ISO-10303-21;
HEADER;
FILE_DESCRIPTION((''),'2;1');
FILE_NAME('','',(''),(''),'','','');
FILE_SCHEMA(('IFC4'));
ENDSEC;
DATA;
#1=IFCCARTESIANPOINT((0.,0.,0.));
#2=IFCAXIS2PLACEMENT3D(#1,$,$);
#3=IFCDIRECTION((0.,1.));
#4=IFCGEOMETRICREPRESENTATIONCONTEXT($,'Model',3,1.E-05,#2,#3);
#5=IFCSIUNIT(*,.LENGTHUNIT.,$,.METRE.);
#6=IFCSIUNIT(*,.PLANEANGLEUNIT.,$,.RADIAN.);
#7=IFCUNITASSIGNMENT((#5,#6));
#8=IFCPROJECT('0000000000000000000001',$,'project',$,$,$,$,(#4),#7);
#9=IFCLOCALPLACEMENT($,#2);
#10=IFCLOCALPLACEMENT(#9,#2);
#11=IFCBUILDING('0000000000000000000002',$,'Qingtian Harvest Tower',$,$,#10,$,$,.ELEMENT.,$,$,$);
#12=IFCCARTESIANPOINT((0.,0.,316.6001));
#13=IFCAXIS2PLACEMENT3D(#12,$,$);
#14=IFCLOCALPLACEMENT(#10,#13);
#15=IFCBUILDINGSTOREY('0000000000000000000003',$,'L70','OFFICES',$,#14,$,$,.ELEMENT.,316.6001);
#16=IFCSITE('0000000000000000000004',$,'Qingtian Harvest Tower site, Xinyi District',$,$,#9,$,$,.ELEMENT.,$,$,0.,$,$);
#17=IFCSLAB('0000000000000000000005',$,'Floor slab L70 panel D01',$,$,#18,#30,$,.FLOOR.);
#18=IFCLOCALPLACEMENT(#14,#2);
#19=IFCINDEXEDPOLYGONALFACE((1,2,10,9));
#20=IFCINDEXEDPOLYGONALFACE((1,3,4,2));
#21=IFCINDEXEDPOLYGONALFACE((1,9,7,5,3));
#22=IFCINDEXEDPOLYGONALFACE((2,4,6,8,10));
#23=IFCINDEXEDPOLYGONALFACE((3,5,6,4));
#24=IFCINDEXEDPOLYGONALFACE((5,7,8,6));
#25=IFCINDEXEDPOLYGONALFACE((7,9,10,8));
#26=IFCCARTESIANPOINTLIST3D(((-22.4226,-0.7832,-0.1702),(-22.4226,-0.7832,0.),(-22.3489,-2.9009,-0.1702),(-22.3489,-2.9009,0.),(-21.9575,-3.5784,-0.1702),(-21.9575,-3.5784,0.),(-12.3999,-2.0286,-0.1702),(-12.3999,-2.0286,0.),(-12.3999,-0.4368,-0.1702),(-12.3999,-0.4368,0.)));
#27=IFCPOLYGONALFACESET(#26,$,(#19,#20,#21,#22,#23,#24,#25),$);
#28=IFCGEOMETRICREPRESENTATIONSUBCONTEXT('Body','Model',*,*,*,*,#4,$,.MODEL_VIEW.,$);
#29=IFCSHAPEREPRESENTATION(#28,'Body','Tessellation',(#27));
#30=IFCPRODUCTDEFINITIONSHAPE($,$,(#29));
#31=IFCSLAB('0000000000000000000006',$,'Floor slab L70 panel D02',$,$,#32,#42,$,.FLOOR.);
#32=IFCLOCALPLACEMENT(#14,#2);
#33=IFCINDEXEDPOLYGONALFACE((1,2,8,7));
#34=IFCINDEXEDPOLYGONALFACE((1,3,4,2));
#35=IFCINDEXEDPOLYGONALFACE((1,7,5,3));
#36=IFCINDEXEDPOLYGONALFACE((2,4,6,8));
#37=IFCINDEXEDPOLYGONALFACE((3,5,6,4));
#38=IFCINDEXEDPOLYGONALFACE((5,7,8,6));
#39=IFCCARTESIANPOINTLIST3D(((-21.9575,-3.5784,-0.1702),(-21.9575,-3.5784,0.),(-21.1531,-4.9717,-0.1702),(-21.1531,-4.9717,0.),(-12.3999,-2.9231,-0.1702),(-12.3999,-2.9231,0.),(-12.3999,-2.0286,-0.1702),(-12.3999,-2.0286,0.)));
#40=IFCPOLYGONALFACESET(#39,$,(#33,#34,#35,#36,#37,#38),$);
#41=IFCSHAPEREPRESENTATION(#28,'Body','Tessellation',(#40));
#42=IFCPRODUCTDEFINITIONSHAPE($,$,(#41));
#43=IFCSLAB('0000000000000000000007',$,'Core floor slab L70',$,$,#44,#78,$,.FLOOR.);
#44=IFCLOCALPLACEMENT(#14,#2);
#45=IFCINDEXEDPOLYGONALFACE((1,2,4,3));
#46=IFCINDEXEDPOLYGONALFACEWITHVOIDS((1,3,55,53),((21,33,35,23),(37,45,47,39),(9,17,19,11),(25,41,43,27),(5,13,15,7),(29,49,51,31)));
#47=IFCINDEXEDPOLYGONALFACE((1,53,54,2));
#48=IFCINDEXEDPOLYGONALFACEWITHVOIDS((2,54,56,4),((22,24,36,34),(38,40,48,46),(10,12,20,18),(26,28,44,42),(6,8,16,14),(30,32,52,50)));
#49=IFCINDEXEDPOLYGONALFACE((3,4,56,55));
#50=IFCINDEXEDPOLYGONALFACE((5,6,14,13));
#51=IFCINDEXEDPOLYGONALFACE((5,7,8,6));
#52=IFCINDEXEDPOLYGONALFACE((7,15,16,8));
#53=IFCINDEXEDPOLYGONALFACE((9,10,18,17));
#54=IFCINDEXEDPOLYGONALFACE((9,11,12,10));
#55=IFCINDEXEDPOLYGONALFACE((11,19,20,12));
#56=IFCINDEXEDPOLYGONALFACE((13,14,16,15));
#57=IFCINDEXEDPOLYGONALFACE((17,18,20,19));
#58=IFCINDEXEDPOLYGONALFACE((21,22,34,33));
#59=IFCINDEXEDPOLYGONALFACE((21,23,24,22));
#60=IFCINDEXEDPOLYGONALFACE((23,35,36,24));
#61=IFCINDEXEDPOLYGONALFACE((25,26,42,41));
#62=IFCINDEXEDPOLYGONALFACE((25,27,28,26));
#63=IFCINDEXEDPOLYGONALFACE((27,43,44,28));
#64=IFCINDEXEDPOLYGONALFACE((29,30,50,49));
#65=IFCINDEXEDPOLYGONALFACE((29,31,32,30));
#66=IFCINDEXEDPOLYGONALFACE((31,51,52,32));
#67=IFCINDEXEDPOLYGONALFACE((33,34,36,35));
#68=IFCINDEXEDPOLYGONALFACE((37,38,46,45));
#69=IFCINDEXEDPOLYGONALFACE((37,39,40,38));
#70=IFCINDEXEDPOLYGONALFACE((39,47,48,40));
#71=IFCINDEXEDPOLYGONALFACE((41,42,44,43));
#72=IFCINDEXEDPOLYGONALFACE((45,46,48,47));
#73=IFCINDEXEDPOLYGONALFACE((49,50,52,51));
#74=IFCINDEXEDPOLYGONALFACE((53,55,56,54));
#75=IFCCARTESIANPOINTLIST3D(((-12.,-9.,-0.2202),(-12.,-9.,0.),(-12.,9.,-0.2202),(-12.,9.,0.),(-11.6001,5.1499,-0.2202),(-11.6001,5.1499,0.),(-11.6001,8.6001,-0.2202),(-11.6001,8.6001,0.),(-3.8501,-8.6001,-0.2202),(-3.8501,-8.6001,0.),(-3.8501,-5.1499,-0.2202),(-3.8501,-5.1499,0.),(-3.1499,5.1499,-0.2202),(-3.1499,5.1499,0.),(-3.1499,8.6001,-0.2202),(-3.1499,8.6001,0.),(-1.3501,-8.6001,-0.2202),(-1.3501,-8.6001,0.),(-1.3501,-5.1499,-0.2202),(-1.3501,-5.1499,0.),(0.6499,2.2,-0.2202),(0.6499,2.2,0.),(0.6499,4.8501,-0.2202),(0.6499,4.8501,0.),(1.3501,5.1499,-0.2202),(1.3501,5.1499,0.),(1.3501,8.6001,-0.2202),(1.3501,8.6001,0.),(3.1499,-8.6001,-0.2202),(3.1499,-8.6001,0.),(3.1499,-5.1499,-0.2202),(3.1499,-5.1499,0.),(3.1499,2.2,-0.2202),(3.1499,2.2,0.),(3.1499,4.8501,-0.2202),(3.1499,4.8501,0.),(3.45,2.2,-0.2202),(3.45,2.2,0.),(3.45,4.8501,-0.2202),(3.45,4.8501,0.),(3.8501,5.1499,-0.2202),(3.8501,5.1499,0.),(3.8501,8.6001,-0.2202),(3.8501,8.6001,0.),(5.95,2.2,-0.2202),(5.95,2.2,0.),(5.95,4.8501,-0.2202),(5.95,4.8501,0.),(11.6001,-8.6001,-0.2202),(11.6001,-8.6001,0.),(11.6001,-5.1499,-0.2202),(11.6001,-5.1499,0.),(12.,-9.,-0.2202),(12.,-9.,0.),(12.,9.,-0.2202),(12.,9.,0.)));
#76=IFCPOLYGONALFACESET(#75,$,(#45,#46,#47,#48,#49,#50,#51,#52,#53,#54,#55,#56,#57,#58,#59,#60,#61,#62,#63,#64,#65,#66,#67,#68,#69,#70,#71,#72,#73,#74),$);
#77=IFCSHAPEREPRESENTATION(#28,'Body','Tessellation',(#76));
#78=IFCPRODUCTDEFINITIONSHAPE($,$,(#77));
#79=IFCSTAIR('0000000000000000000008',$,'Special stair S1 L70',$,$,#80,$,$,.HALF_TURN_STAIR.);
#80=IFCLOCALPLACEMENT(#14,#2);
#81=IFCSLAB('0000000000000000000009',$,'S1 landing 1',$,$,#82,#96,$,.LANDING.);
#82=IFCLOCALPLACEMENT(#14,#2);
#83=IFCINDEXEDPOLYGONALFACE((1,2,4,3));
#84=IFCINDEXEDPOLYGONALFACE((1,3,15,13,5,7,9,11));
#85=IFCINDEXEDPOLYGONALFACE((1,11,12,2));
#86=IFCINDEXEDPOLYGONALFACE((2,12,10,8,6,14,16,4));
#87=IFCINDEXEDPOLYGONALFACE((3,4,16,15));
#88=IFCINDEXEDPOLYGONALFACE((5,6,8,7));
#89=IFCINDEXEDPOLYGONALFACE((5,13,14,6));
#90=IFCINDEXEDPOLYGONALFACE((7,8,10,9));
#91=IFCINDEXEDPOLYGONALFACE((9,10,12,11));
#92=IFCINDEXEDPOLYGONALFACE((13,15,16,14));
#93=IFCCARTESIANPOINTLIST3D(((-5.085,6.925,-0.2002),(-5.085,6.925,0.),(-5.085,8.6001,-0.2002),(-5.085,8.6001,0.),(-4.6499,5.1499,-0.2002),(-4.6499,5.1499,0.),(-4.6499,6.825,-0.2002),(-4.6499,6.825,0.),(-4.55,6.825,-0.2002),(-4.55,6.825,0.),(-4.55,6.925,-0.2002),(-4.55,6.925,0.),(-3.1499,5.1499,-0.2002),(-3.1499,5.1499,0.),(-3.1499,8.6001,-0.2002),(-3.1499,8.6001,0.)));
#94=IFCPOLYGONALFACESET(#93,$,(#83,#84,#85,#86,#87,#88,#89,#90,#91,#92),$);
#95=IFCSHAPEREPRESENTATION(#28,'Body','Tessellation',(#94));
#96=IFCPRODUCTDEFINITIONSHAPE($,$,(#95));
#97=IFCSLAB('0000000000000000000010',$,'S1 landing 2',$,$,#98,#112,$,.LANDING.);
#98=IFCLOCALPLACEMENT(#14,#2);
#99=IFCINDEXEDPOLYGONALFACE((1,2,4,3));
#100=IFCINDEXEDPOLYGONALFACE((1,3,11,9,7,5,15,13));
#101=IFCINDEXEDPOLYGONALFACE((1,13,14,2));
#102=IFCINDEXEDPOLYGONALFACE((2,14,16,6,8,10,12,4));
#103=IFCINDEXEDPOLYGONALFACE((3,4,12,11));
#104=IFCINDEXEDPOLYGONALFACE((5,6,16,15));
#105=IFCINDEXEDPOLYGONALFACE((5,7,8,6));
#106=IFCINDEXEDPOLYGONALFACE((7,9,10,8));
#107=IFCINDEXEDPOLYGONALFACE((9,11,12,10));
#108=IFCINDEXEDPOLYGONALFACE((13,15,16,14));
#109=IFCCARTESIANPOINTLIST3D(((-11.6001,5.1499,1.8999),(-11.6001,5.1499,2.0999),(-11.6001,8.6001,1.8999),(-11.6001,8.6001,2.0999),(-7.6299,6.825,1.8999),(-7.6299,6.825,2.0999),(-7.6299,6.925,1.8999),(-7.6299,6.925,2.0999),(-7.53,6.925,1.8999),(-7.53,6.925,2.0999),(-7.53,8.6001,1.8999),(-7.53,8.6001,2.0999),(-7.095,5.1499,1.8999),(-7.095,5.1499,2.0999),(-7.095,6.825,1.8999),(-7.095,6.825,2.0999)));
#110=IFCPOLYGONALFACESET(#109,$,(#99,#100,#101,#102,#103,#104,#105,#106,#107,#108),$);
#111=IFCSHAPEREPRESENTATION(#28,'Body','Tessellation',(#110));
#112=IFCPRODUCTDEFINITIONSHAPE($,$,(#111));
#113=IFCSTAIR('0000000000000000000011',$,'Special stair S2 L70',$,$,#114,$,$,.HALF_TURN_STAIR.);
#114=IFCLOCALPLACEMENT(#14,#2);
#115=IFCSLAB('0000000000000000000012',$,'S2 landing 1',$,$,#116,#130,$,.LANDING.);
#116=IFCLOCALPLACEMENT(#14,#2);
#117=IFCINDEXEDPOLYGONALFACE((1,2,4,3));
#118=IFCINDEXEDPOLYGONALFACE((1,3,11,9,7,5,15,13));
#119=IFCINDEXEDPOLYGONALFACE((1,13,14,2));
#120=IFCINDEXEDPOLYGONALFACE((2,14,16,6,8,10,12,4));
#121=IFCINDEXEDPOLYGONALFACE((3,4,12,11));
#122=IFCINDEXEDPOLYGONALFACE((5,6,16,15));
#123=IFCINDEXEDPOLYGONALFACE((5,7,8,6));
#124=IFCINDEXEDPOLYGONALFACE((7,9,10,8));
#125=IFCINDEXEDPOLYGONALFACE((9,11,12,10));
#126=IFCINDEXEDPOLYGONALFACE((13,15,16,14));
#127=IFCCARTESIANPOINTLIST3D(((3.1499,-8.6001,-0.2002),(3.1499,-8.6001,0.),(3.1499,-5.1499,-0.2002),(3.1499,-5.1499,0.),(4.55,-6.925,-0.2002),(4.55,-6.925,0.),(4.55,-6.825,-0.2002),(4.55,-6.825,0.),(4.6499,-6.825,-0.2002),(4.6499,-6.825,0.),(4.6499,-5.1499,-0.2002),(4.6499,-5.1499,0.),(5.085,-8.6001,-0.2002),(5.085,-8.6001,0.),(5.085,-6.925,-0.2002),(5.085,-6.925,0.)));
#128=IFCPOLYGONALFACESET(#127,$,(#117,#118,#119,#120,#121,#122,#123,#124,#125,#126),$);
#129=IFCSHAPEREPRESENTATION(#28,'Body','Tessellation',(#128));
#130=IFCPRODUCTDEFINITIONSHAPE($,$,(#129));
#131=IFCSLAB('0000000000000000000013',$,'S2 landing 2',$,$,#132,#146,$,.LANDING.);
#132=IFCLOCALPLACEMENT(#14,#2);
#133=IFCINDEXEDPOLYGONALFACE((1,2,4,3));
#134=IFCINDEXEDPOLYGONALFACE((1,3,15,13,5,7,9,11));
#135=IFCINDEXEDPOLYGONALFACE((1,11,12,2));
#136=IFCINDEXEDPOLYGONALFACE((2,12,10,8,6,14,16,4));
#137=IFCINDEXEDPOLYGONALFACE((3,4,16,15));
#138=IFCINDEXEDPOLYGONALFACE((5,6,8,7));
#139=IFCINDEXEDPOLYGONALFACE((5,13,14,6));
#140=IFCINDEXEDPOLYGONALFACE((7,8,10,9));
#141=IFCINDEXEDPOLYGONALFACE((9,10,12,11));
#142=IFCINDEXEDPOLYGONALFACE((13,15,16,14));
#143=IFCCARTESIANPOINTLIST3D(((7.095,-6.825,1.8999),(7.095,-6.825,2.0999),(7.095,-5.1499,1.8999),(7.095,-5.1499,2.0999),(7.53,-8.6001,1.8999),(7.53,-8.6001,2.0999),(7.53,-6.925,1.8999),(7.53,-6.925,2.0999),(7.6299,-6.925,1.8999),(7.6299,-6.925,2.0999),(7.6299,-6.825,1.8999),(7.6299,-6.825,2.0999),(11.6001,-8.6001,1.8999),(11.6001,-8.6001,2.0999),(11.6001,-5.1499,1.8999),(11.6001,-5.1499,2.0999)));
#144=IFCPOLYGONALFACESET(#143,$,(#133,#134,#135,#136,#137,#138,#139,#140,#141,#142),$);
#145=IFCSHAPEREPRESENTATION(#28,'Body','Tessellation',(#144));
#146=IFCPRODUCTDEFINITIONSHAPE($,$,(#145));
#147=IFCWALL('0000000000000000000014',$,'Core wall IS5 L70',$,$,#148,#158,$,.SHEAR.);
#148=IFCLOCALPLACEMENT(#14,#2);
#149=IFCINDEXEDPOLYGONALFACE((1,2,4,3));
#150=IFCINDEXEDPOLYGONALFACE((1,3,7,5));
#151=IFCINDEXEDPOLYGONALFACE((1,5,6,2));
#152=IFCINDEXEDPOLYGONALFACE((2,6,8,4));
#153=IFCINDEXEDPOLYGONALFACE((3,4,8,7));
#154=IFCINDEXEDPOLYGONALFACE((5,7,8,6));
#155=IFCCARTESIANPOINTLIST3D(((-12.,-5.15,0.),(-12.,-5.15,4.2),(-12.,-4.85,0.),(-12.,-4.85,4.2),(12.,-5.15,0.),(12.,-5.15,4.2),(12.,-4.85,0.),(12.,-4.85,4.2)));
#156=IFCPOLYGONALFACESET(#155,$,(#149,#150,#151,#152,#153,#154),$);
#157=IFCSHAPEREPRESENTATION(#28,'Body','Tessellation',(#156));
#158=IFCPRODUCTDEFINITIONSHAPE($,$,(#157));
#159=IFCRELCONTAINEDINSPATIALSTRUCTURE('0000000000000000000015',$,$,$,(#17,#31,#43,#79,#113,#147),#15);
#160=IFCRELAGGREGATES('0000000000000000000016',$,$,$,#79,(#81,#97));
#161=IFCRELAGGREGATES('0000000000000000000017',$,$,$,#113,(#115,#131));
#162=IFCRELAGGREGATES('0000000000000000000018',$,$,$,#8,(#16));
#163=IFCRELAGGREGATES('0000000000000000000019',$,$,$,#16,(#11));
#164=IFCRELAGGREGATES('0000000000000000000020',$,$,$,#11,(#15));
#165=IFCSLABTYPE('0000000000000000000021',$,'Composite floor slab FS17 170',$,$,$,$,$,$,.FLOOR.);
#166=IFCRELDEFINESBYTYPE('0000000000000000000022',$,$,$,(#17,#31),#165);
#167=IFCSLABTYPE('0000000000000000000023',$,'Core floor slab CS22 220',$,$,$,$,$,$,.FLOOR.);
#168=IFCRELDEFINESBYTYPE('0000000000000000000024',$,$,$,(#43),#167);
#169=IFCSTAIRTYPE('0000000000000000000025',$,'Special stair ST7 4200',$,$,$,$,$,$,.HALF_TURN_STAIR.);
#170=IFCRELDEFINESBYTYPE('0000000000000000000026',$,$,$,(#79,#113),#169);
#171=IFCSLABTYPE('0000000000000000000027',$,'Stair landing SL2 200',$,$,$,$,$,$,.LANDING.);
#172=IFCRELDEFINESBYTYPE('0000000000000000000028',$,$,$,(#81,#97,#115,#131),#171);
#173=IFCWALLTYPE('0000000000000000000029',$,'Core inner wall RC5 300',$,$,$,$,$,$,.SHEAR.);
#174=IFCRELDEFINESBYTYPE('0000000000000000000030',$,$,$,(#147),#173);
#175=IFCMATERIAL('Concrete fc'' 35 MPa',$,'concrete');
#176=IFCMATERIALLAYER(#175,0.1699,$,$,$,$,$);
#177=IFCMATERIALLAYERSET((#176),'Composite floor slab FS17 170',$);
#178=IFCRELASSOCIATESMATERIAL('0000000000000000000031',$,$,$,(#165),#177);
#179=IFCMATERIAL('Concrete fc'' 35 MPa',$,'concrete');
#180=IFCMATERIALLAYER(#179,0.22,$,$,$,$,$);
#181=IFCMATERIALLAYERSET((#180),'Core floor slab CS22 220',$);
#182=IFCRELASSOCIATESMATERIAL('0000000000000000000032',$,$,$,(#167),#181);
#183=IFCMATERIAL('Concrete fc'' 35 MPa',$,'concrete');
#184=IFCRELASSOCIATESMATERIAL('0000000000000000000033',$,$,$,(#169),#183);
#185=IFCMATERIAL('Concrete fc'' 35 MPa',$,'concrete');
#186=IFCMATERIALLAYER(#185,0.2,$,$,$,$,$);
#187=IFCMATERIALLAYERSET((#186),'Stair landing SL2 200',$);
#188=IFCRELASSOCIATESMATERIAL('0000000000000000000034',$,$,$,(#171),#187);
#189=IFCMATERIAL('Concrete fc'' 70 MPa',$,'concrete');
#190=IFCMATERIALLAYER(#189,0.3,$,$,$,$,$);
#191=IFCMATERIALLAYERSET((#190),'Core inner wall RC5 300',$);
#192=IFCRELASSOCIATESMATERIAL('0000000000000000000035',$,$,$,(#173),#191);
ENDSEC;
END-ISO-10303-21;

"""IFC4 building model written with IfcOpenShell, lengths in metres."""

from ifc_helpers import new_model, si_unit, direction, frame, frame_2d, origin, place, context, subcontext, project, spatial, polyline, rectangle, outline, extrude, material, layer, layer_set, type_object, element, aggregate, save


model = new_model("IFC4")

# Units and contexts
model_context = context("Model", 3, precision=1e-05, world=origin(), true_north=direction((0.0, 1.0)))
body_context = subcontext(model_context, "Body", "Model", "MODEL_VIEW")
ifc_project = project(units=[si_unit("LENGTHUNIT", "METRE"), si_unit("PLANEANGLEUNIT", "RADIAN")], contexts=[model_context])

# Site, building, storey
site_placement = place(None, origin())
site = spatial("IfcSite", under=ifc_project, at=site_placement, Name="Qingtian Harvest Tower site, Xinyi District", CompositionType="ELEMENT", RefElevation=0.0)
building_placement = place(site_placement, origin())
building = spatial("IfcBuilding", under=site, at=building_placement, Name="Qingtian Harvest Tower", CompositionType="ELEMENT")
storey_placement = place(building_placement, frame((0.0, 0.0, 316.6001)))
storey = spatial("IfcBuildingStorey", under=building, at=storey_placement, Name="L70", Description="OFFICES", CompositionType="ELEMENT", Elevation=316.6001)

# Slabs
ifc_material_1 = material(Name="Concrete fc' 35 MPa", Category="concrete")
ifc_layer_1 = layer(ifc_material_1, 0.1699)
ifc_layer_set_1 = layer_set([ifc_layer_1], Name="Composite floor slab FS17 170")
slab_type_1 = type_object("IfcSlabType", Name="Composite floor slab FS17 170", PredefinedType="FLOOR", material=ifc_layer_set_1)
slab_1_placement = place(storey_placement, frame((0.0, 0.0, -0.1702)))
element("IfcSlab", 1, at=slab_1_placement, inside=storey, type_object=slab_type_1, Name="Floor slab L70 panel D01", PredefinedType="FLOOR", context=body_context, shape_type="SweptSolid", body=[
    extrude(outline(polyline([(-22.4226, -0.7832), (-12.3999, -0.4368), (-12.3999, -2.0286), (-21.9575, -3.5784), (-22.3489, -2.9009), (-22.4226, -0.7832)])), origin(), (0.0, 0.0, 1.0), 0.1702),
])
slab_2_placement = place(storey_placement, frame((0.0, 0.0, -0.1702)))
element("IfcSlab", 2, at=slab_2_placement, inside=storey, type_object=slab_type_1, Name="Floor slab L70 panel D02", PredefinedType="FLOOR", context=body_context, shape_type="SweptSolid", body=[
    extrude(outline(polyline([(-12.3999, -2.9231), (-21.1531, -4.9717), (-21.9575, -3.5784), (-12.3999, -2.0286), (-12.3999, -2.9231)])), origin(), (0.0, 0.0, 1.0), 0.1702),
])
ifc_material_2 = material(Name="Concrete fc' 35 MPa", Category="concrete")
ifc_layer_2 = layer(ifc_material_2, 0.22)
ifc_layer_set_2 = layer_set([ifc_layer_2], Name="Core floor slab CS22 220")
slab_type_2 = type_object("IfcSlabType", Name="Core floor slab CS22 220", PredefinedType="FLOOR", material=ifc_layer_set_2)
slab_3_placement = place(storey_placement, frame((0.0, 0.0, -0.2202)))
element("IfcSlab", 3, at=slab_3_placement, inside=storey, type_object=slab_type_2, Name="Core floor slab L70", PredefinedType="FLOOR", context=body_context, shape_type="SweptSolid", body=[
    extrude(outline(polyline([(-12.0, -9.0), (12.0, -9.0), (12.0, 9.0), (-12.0, 9.0), (-12.0, -9.0)]), holes=[polyline([(-11.6001, 5.1499), (-3.1499, 5.1499), (-3.1499, 8.6001), (-11.6001, 8.6001), (-11.6001, 5.1499)]), polyline([(3.1499, -8.6001), (11.6001, -8.6001), (11.6001, -5.1499), (3.1499, -5.1499), (3.1499, -8.6001)]), polyline([(1.3501, 5.1499), (3.8501, 5.1499), (3.8501, 8.6001), (1.3501, 8.6001), (1.3501, 5.1499)]), polyline([(-3.8501, -8.6001), (-1.3501, -8.6001), (-1.3501, -5.1499), (-3.8501, -5.1499), (-3.8501, -8.6001)]), polyline([(0.6499, 2.2), (3.1499, 2.2), (3.1499, 4.8501), (0.6499, 4.8501), (0.6499, 2.2)]), polyline([(3.45, 2.2), (5.95, 2.2), (5.95, 4.8501), (3.45, 4.8501), (3.45, 2.2)])]), origin(), (0.0, 0.0, 1.0), 0.2202),
])

# Stairs, slabs
ifc_material_3 = material(Name="Concrete fc' 35 MPa", Category="concrete")
stair_type = type_object("IfcStairType", Name="Special stair ST7 4200", PredefinedType="HALF_TURN_STAIR", material=ifc_material_3)
stair_1_placement = place(storey_placement, origin())
stair_1 = element("IfcStair", 4, at=stair_1_placement, inside=storey, type_object=stair_type, Name="Special stair S1 L70", PredefinedType="HALF_TURN_STAIR")
ifc_material_4 = material(Name="Concrete fc' 35 MPa", Category="concrete")
ifc_layer_3 = layer(ifc_material_4, 0.2)
ifc_layer_set_3 = layer_set([ifc_layer_3], Name="Stair landing SL2 200")
slab_type_3 = type_object("IfcSlabType", Name="Stair landing SL2 200", PredefinedType="LANDING", material=ifc_layer_set_3)
slab_4_placement = place(storey_placement, frame((0.0, 0.0, -0.2002)))
slab_4 = element("IfcSlab", 5, at=slab_4_placement, type_object=slab_type_3, Name="S1 landing 1", PredefinedType="LANDING", context=body_context, shape_type="SweptSolid", body=[
    extrude(outline(polyline([(-4.6499, 5.1499), (-4.6499, 6.825), (-4.55, 6.825), (-4.55, 6.925), (-5.085, 6.925), (-5.085, 8.6001), (-3.1499, 8.6001), (-3.1499, 5.1499), (-4.6499, 5.1499)])), origin(), (0.0, 0.0, 1.0), 0.2002),
])
slab_5_placement = place(storey_placement, frame((0.0, 0.0, 1.8999)))
slab_5 = element("IfcSlab", 6, at=slab_5_placement, type_object=slab_type_3, Name="S1 landing 2", PredefinedType="LANDING", context=body_context, shape_type="SweptSolid", body=[
    extrude(outline(polyline([(-7.095, 5.1499), (-11.6001, 5.1499), (-11.6001, 8.6001), (-7.53, 8.6001), (-7.53, 6.925), (-7.6299, 6.925), (-7.6299, 6.825), (-7.095, 6.825), (-7.095, 5.1499)])), origin(), (0.0, 0.0, 1.0), 0.2),
])
aggregate(stair_1, [slab_4, slab_5])
stair_2_placement = place(storey_placement, origin())
stair_2 = element("IfcStair", 7, at=stair_2_placement, inside=storey, type_object=stair_type, Name="Special stair S2 L70", PredefinedType="HALF_TURN_STAIR")
slab_6_placement = place(storey_placement, frame((0.0, 0.0, -0.2002)))
slab_6 = element("IfcSlab", 8, at=slab_6_placement, type_object=slab_type_3, Name="S2 landing 1", PredefinedType="LANDING", context=body_context, shape_type="SweptSolid", body=[
    extrude(outline(polyline([(5.085, -8.6001), (3.1499, -8.6001), (3.1499, -5.1499), (4.6499, -5.1499), (4.6499, -6.825), (4.55, -6.825), (4.55, -6.925), (5.085, -6.925), (5.085, -8.6001)])), origin(), (0.0, 0.0, 1.0), 0.2002),
])
slab_7_placement = place(storey_placement, frame((0.0, 0.0, 1.8999)))
slab_7 = element("IfcSlab", 9, at=slab_7_placement, type_object=slab_type_3, Name="S2 landing 2", PredefinedType="LANDING", context=body_context, shape_type="SweptSolid", body=[
    extrude(outline(polyline([(7.53, -8.6001), (7.53, -6.925), (7.6299, -6.925), (7.6299, -6.825), (7.095, -6.825), (7.095, -5.1499), (11.6001, -5.1499), (11.6001, -8.6001), (7.53, -8.6001)])), origin(), (0.0, 0.0, 1.0), 0.2),
])
aggregate(stair_2, [slab_6, slab_7])

# Wall
ifc_material_5 = material(Name="Concrete fc' 70 MPa", Category="concrete")
ifc_layer_4 = layer(ifc_material_5, 0.3)
ifc_layer_set_4 = layer_set([ifc_layer_4], Name="Core inner wall RC5 300")
wall_type_1 = type_object("IfcWallType", Name="Core inner wall RC5 300", PredefinedType="SHEAR", material=ifc_layer_set_4)
wall_1_placement = place(storey_placement, frame((-12.0, -5.0, 0.0), z_axis=(0.0, 0.0, 1.0), x_axis=(1.0, 0.0, 0.0)))
element("IfcWall", 10, at=wall_1_placement, inside=storey, type_object=wall_type_1, Name="Core wall IS5 L70", PredefinedType="SHEAR", context=body_context, shape_type="SweptSolid", body=[
    extrude(rectangle(XDim=24.0, YDim=0.3, at=frame_2d((12.0, 0.0))), origin(), (0.0, 0.0, 1.0), 4.2),
])

save(model, "model.ifc")
